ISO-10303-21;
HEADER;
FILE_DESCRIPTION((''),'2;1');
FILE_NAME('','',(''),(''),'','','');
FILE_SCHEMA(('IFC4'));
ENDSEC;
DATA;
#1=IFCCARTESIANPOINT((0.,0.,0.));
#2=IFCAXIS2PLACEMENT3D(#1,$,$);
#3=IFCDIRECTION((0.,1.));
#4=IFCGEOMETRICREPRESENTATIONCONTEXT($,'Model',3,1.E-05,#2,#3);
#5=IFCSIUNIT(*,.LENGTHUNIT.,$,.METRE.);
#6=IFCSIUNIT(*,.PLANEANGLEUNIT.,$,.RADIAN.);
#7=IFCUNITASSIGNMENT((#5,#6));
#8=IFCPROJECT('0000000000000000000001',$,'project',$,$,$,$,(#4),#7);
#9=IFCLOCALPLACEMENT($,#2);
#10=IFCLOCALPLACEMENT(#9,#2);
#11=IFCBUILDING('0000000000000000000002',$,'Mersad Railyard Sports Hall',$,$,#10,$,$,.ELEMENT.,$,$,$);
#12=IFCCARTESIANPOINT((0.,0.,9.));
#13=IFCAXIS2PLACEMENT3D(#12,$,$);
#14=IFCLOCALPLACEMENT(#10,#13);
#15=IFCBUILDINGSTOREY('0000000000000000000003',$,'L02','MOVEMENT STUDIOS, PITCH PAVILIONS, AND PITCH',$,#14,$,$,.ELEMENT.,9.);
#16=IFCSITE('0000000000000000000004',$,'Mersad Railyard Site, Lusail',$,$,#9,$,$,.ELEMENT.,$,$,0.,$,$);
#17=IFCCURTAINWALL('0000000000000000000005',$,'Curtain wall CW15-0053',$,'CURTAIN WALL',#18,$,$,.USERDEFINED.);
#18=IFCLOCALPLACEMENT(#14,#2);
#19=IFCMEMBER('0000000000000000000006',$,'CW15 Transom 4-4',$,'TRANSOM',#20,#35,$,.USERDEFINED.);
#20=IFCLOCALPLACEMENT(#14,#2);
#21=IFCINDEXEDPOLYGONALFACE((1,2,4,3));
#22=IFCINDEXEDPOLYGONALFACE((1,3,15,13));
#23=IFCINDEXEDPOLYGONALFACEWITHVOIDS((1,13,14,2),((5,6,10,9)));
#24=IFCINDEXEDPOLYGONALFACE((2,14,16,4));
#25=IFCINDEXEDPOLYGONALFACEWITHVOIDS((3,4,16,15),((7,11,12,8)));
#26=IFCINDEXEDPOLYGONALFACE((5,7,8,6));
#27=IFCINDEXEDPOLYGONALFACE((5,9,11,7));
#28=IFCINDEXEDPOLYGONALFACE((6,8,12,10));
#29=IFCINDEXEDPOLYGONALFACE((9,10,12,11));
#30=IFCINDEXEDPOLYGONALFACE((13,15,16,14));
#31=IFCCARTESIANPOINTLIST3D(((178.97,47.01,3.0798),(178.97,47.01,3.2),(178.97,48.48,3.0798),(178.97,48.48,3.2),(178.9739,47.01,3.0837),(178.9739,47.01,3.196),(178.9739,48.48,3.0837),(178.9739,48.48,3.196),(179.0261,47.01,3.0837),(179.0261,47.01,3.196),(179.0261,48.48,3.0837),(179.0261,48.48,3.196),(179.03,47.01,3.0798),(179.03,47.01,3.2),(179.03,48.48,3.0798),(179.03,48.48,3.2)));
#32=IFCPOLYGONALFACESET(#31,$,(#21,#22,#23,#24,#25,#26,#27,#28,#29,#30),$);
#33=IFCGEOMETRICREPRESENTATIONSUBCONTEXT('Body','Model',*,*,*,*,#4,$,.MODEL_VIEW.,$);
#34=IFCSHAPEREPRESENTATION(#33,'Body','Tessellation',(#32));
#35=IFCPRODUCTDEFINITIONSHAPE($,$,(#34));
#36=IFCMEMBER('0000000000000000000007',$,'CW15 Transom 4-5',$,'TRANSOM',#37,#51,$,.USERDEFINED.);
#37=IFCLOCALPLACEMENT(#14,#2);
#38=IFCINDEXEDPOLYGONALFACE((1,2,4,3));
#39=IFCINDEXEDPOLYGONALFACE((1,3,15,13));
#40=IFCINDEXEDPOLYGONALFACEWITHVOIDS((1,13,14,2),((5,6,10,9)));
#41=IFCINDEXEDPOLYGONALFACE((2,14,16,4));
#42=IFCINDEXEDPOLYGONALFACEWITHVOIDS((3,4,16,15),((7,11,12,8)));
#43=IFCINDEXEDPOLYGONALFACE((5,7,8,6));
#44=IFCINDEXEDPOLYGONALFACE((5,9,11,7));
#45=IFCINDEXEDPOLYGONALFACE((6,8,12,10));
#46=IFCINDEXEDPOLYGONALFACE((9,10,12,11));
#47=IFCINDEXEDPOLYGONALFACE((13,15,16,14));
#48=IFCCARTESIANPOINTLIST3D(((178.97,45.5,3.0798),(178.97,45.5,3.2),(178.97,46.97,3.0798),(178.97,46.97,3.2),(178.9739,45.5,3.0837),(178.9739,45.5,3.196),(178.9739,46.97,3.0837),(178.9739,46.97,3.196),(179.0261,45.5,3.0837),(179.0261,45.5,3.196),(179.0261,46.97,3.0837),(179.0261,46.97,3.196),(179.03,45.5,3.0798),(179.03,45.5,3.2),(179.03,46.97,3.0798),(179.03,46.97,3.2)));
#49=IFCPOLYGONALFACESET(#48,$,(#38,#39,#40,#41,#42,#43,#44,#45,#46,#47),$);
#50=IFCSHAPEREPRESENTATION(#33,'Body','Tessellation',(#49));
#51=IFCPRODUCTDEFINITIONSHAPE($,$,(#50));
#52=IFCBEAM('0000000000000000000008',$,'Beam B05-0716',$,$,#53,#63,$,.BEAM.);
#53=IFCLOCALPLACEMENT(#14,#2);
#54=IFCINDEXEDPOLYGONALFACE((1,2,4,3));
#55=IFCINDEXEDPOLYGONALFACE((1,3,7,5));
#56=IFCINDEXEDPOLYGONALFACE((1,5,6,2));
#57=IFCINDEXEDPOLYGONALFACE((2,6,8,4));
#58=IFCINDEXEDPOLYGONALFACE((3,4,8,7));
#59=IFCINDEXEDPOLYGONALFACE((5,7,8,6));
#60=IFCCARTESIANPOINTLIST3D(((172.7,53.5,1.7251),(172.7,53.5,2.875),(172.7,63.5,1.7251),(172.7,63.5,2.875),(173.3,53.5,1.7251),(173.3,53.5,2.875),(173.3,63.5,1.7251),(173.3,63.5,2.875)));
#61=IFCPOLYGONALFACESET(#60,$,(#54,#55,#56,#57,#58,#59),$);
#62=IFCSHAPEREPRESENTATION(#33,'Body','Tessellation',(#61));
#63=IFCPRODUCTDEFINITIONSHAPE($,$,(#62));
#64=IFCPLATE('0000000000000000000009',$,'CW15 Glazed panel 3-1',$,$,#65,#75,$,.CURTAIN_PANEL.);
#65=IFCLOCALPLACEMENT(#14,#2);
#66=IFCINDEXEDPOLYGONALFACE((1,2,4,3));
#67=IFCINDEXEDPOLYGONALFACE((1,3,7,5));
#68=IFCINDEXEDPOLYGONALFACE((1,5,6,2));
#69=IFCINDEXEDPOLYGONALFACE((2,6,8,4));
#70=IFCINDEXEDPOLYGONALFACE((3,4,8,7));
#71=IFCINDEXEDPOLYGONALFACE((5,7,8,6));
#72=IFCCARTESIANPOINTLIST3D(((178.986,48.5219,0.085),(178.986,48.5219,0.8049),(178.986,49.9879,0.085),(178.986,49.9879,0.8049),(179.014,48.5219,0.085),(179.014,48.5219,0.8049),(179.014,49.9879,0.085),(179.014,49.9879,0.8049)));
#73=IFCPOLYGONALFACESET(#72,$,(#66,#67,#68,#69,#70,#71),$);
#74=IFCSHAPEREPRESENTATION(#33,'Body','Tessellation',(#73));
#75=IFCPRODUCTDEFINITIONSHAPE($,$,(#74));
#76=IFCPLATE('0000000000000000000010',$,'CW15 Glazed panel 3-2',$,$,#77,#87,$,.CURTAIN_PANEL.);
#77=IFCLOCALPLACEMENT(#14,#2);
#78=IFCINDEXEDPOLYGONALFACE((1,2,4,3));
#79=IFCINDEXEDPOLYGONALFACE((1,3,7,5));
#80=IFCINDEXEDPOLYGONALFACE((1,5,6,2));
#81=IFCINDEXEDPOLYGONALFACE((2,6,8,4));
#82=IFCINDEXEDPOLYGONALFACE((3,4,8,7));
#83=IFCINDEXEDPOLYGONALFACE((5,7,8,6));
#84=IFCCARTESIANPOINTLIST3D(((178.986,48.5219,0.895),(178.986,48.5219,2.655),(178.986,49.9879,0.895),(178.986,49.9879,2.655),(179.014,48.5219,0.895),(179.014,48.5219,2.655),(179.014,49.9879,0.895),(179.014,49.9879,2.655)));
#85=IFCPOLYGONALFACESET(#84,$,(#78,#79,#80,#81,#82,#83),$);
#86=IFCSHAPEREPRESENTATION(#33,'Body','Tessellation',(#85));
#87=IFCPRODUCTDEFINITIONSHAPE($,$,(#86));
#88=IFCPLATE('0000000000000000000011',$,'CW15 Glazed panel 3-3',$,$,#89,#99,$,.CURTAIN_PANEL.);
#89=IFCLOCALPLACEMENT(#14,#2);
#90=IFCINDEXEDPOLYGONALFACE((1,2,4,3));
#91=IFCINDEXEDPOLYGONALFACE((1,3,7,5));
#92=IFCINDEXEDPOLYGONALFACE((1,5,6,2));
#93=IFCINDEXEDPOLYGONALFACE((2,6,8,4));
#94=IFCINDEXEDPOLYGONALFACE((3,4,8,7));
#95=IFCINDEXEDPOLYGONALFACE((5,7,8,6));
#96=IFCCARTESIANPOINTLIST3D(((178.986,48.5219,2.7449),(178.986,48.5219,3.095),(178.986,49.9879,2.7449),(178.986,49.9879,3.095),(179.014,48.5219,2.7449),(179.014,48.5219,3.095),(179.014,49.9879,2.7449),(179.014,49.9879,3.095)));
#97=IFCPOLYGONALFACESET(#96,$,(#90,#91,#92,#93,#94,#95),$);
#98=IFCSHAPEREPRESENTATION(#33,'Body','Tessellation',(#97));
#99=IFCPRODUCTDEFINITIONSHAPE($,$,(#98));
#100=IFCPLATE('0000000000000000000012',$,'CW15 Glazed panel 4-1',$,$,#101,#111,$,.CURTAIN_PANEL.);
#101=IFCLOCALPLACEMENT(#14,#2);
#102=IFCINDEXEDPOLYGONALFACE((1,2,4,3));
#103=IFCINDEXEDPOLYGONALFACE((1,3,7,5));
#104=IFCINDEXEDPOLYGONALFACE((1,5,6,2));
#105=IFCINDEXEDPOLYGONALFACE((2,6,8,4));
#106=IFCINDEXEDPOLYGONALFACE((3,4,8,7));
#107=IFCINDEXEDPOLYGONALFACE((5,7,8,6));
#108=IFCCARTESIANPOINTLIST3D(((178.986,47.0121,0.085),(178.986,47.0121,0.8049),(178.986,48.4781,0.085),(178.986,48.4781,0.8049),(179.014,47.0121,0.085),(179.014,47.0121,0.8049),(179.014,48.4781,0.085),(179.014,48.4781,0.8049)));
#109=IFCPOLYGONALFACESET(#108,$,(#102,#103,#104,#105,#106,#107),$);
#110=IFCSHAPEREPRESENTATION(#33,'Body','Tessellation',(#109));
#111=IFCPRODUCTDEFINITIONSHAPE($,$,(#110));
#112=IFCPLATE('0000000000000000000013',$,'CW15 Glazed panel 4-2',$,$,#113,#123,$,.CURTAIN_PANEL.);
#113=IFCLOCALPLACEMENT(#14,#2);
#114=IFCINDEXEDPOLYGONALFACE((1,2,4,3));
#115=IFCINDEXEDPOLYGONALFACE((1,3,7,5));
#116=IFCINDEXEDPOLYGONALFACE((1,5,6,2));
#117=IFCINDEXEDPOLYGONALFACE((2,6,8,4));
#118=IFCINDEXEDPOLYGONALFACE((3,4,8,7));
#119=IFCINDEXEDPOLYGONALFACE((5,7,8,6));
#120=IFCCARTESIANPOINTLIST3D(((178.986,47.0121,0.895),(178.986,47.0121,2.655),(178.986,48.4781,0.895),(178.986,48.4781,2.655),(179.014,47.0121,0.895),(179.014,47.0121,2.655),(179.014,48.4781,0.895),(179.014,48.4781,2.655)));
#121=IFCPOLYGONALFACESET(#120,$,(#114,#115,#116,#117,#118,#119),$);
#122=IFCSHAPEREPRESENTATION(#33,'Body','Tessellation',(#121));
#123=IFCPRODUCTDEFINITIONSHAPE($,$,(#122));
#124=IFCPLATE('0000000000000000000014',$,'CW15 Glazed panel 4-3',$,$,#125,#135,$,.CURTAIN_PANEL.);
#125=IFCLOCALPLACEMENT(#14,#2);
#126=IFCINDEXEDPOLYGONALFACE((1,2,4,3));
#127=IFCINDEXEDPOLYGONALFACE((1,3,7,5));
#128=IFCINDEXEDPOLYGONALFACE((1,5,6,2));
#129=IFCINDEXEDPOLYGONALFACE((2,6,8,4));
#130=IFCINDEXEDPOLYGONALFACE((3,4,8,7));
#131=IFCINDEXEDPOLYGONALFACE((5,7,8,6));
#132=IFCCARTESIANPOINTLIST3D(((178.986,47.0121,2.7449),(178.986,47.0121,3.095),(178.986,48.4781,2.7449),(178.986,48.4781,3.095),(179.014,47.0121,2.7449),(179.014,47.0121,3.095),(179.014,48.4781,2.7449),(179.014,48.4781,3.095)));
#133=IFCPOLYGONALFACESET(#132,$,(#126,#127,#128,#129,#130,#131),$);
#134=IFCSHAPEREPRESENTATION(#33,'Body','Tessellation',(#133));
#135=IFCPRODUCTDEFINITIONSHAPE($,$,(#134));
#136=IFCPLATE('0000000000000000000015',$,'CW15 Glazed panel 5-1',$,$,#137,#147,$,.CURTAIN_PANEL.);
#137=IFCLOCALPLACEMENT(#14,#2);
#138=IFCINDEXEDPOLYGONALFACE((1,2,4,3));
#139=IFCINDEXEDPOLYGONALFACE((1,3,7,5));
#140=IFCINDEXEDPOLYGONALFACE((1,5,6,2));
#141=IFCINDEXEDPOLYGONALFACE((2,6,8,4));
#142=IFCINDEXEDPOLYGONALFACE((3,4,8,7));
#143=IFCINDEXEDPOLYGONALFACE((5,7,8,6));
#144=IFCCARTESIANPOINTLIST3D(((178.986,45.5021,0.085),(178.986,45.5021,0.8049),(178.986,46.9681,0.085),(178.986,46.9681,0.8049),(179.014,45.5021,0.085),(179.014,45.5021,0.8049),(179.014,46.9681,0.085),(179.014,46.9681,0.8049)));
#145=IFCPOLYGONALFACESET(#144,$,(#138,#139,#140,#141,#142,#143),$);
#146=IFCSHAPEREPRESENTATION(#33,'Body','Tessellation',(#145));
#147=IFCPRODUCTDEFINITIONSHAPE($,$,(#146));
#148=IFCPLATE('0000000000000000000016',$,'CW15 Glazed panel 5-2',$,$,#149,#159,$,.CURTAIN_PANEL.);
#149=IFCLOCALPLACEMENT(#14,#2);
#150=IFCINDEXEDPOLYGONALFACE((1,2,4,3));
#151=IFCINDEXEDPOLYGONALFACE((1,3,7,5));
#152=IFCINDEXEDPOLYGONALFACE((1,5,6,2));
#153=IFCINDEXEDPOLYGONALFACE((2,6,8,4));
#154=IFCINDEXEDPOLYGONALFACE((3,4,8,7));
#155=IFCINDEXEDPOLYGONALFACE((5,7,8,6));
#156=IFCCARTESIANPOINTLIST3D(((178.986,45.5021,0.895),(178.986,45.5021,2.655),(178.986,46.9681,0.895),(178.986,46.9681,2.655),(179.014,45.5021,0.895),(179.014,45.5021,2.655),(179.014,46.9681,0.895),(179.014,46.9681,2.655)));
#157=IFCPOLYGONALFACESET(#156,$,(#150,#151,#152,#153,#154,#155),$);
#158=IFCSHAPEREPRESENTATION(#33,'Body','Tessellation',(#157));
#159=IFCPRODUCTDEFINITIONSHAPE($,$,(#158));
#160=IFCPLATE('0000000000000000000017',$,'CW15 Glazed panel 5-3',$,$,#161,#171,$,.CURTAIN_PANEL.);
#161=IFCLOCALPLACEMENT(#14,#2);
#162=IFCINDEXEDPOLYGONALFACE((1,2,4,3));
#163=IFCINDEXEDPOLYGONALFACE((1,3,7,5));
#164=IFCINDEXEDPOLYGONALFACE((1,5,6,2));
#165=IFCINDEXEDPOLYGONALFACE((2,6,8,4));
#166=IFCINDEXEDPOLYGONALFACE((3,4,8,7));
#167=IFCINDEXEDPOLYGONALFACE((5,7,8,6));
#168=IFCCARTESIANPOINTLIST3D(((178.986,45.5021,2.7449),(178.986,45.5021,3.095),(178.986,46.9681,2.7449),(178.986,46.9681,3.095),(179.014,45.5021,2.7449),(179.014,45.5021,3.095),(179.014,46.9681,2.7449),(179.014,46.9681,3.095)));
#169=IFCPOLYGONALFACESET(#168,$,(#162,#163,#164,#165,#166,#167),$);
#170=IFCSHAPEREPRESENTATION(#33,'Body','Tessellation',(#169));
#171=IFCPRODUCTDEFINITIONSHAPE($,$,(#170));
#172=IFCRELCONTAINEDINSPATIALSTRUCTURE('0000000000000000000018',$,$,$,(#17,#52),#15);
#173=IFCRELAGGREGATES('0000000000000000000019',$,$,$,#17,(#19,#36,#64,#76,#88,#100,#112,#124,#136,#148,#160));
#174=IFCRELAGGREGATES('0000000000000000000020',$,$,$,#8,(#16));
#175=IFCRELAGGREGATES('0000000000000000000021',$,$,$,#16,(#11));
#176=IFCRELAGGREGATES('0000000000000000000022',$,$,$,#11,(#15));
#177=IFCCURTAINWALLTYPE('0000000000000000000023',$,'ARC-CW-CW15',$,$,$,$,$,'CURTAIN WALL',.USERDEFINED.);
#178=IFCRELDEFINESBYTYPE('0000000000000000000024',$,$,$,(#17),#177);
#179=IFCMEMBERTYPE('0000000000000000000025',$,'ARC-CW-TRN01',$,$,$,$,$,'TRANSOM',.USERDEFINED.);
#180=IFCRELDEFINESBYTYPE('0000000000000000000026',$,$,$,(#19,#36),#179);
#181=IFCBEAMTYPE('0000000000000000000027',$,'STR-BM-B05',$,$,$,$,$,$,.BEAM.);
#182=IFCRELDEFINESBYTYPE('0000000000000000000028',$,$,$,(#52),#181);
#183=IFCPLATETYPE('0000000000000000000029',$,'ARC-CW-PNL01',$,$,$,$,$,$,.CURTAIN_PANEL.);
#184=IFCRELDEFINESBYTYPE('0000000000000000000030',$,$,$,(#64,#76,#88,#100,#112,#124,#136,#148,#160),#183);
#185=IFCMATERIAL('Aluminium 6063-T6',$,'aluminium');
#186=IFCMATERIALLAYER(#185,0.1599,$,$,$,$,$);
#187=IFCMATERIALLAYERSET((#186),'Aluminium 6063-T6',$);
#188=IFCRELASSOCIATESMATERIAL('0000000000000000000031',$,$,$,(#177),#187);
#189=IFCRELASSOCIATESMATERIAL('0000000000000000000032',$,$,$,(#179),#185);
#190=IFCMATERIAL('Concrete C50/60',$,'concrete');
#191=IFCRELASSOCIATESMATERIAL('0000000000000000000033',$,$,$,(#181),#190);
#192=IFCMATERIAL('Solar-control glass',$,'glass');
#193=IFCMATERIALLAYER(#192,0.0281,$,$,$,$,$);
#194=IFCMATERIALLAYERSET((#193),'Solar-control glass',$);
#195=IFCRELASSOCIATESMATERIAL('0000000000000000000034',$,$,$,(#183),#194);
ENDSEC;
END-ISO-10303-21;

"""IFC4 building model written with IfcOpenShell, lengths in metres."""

from ifc_helpers import new_model, si_unit, direction, frame, origin, origin_2d, place, context, subcontext, project, spatial, rectangle, hollow_rectangle, extrude, material, layer, layer_set, material_profile, profile_set, type_object, element, aggregate, save


model = new_model("IFC4")

# Units and contexts
model_context = context("Model", 3, precision=1e-05, world=origin(), true_north=direction((0.0, 1.0)))
body_context = subcontext(model_context, "Body", "Model", "MODEL_VIEW")
ifc_project = project(units=[si_unit("LENGTHUNIT", "METRE"), si_unit("PLANEANGLEUNIT", "RADIAN")], contexts=[model_context])

# Site, building, storey
site_placement = place(None, origin())
site = spatial("IfcSite", under=ifc_project, at=site_placement, Name="Mersad Railyard Site, Lusail", CompositionType="ELEMENT", RefElevation=0.0)
building_placement = place(site_placement, origin())
building = spatial("IfcBuilding", under=site, at=building_placement, Name="Mersad Railyard Sports Hall", CompositionType="ELEMENT")
storey_placement = place(building_placement, frame((0.0, 0.0, 9.0)))
storey = spatial("IfcBuildingStorey", under=building, at=storey_placement, Name="L02", Description="MOVEMENT STUDIOS, PITCH PAVILIONS, AND PITCH", CompositionType="ELEMENT", Elevation=9.0)

# Curtain wall, members
ifc_material_1 = material(Name="Aluminium 6063-T6", Category="aluminium")
ifc_layer_1 = layer(ifc_material_1, 0.1599)
ifc_layer_set_1 = layer_set([ifc_layer_1], Name="Aluminium 6063-T6")
curtain_wall_type = type_object("IfcCurtainWallType", Name="ARC-CW-CW15", ElementType="CURTAIN WALL", PredefinedType="USERDEFINED", material=ifc_layer_set_1)
curtain_wall_placement = place(storey_placement, origin())
curtain_wall = element("IfcCurtainWall", 1, at=curtain_wall_placement, inside=storey, type_object=curtain_wall_type, Name="Curtain wall CW15-0053", ObjectType="CURTAIN WALL", PredefinedType="USERDEFINED")
ifc_material_profile_1 = material_profile(ifc_material_1, hollow_rectangle(XDim=0.0601, YDim=0.1201, WallThickness=0.0039, at=origin_2d()), Name="AL TRANSOM 60x120x4")
ifc_profile_set_1 = profile_set([ifc_material_profile_1], Name="Aluminium 6063-T6")
member_type_1 = type_object("IfcMemberType", Name="ARC-CW-TRN01", ElementType="TRANSOM", PredefinedType="USERDEFINED", material=ifc_profile_set_1)
member_1_placement = place(storey_placement, frame((179.0, 48.48, 3.1399), z_axis=(0.0, -1.0, 0.0), x_axis=(1.0, 0.0, 0.0)))
member_1 = element("IfcMember", 2, at=member_1_placement, type_object=member_type_1, Name="CW15 Transom 4-4", ObjectType="TRANSOM", PredefinedType="USERDEFINED", context=body_context, shape_type="SweptSolid", body=[
    extrude(hollow_rectangle(XDim=0.0601, YDim=0.1201, WallThickness=0.0039, at=origin_2d()), origin(), (0.0, 0.0, 1.0), 1.47),
])
member_2_placement = place(storey_placement, frame((179.0, 46.97, 3.1399), z_axis=(0.0, -1.0, 0.0), x_axis=(1.0, 0.0, 0.0)))
member_2 = element("IfcMember", 3, at=member_2_placement, type_object=member_type_1, Name="CW15 Transom 4-5", ObjectType="TRANSOM", PredefinedType="USERDEFINED", context=body_context, shape_type="SweptSolid", body=[
    extrude(hollow_rectangle(XDim=0.0601, YDim=0.1201, WallThickness=0.0039, at=origin_2d()), origin(), (0.0, 0.0, 1.0), 1.47),
])

# Beam
ifc_material_2 = material(Name="Concrete C50/60", Category="concrete")
ifc_material_profile_2 = material_profile(ifc_material_2, rectangle(XDim=0.6001, YDim=1.1499, at=origin_2d()), Name="RC 600x1150")
ifc_profile_set_2 = profile_set([ifc_material_profile_2], Name="Concrete C50/60")
beam_type = type_object("IfcBeamType", Name="STR-BM-B05", PredefinedType="BEAM", material=ifc_profile_set_2)
beam_placement = place(storey_placement, frame((173.0, 53.5, 2.3), z_axis=(0.0, 1.0, 0.0), x_axis=(-1.0, 0.0, 0.0)))
element("IfcBeam", 4, at=beam_placement, inside=storey, type_object=beam_type, Name="Beam B05-0716", PredefinedType="BEAM", context=body_context, shape_type="SweptSolid", body=[
    extrude(rectangle(XDim=0.6001, YDim=1.1499, at=origin_2d()), origin(), (0.0, 0.0, 1.0), 10.0),
])

# Plates
ifc_material_3 = material(Name="Solar-control glass", Category="glass")
ifc_layer_2 = layer(ifc_material_3, 0.0281)
ifc_layer_set_2 = layer_set([ifc_layer_2], Name="Solar-control glass")
plate_type = type_object("IfcPlateType", Name="ARC-CW-PNL01", PredefinedType="CURTAIN_PANEL", material=ifc_layer_set_2)
plate_1_placement = place(storey_placement, frame((179.0, 49.2549, 0.085), z_axis=(0.0, 0.0, 1.0), x_axis=(0.0, -1.0, 0.0)))
plate_1 = element("IfcPlate", 5, at=plate_1_placement, type_object=plate_type, Name="CW15 Glazed panel 3-1", PredefinedType="CURTAIN_PANEL", context=body_context, shape_type="SweptSolid", body=[
    extrude(rectangle(XDim=1.4661, YDim=0.0281, at=origin_2d()), origin(), (0.0, 0.0, 1.0), 0.72),
])
plate_2_placement = place(storey_placement, frame((179.0, 49.2549, 0.895), z_axis=(0.0, 0.0, 1.0), x_axis=(0.0, -1.0, 0.0)))
plate_2 = element("IfcPlate", 6, at=plate_2_placement, type_object=plate_type, Name="CW15 Glazed panel 3-2", PredefinedType="CURTAIN_PANEL", context=body_context, shape_type="SweptSolid", body=[
    extrude(rectangle(XDim=1.4661, YDim=0.0281, at=origin_2d()), origin(), (0.0, 0.0, 1.0), 1.76),
])
plate_3_placement = place(storey_placement, frame((179.0, 49.2549, 2.7449), z_axis=(0.0, 0.0, 1.0), x_axis=(0.0, -1.0, 0.0)))
plate_3 = element("IfcPlate", 7, at=plate_3_placement, type_object=plate_type, Name="CW15 Glazed panel 3-3", PredefinedType="CURTAIN_PANEL", context=body_context, shape_type="SweptSolid", body=[
    extrude(rectangle(XDim=1.4661, YDim=0.0281, at=origin_2d()), origin(), (0.0, 0.0, 1.0), 0.3501),
])
plate_4_placement = place(storey_placement, frame((179.0, 47.7451, 0.085), z_axis=(0.0, 0.0, 1.0), x_axis=(0.0, -1.0, 0.0)))
plate_4 = element("IfcPlate", 8, at=plate_4_placement, type_object=plate_type, Name="CW15 Glazed panel 4-1", PredefinedType="CURTAIN_PANEL", context=body_context, shape_type="SweptSolid", body=[
    extrude(rectangle(XDim=1.4661, YDim=0.0281, at=origin_2d()), origin(), (0.0, 0.0, 1.0), 0.72),
])
plate_5_placement = place(storey_placement, frame((179.0, 47.7451, 0.895), z_axis=(0.0, 0.0, 1.0), x_axis=(0.0, -1.0, 0.0)))
plate_5 = element("IfcPlate", 9, at=plate_5_placement, type_object=plate_type, Name="CW15 Glazed panel 4-2", PredefinedType="CURTAIN_PANEL", context=body_context, shape_type="SweptSolid", body=[
    extrude(rectangle(XDim=1.4661, YDim=0.0281, at=origin_2d()), origin(), (0.0, 0.0, 1.0), 1.76),
])
plate_6_placement = place(storey_placement, frame((179.0, 47.7451, 2.7449), z_axis=(0.0, 0.0, 1.0), x_axis=(0.0, -1.0, 0.0)))
plate_6 = element("IfcPlate", 10, at=plate_6_placement, type_object=plate_type, Name="CW15 Glazed panel 4-3", PredefinedType="CURTAIN_PANEL", context=body_context, shape_type="SweptSolid", body=[
    extrude(rectangle(XDim=1.4661, YDim=0.0281, at=origin_2d()), origin(), (0.0, 0.0, 1.0), 0.3501),
])
plate_7_placement = place(storey_placement, frame((179.0, 46.2351, 0.085), z_axis=(0.0, 0.0, 1.0), x_axis=(0.0, -1.0, 0.0)))
plate_7 = element("IfcPlate", 11, at=plate_7_placement, type_object=plate_type, Name="CW15 Glazed panel 5-1", PredefinedType="CURTAIN_PANEL", context=body_context, shape_type="SweptSolid", body=[
    extrude(rectangle(XDim=1.4661, YDim=0.0281, at=origin_2d()), origin(), (0.0, 0.0, 1.0), 0.72),
])
plate_8_placement = place(storey_placement, frame((179.0, 46.2351, 0.895), z_axis=(0.0, 0.0, 1.0), x_axis=(0.0, -1.0, 0.0)))
plate_8 = element("IfcPlate", 12, at=plate_8_placement, type_object=plate_type, Name="CW15 Glazed panel 5-2", PredefinedType="CURTAIN_PANEL", context=body_context, shape_type="SweptSolid", body=[
    extrude(rectangle(XDim=1.4661, YDim=0.0281, at=origin_2d()), origin(), (0.0, 0.0, 1.0), 1.76),
])
plate_9_placement = place(storey_placement, frame((179.0, 46.2351, 2.7449), z_axis=(0.0, 0.0, 1.0), x_axis=(0.0, -1.0, 0.0)))
plate_9 = element("IfcPlate", 13, at=plate_9_placement, type_object=plate_type, Name="CW15 Glazed panel 5-3", PredefinedType="CURTAIN_PANEL", context=body_context, shape_type="SweptSolid", body=[
    extrude(rectangle(XDim=1.4661, YDim=0.0281, at=origin_2d()), origin(), (0.0, 0.0, 1.0), 0.3501),
])
aggregate(curtain_wall, [member_1, member_2, plate_1, plate_2, plate_3, plate_4, plate_5, plate_6, plate_7, plate_8, plate_9])

save(model, "model.ifc")
